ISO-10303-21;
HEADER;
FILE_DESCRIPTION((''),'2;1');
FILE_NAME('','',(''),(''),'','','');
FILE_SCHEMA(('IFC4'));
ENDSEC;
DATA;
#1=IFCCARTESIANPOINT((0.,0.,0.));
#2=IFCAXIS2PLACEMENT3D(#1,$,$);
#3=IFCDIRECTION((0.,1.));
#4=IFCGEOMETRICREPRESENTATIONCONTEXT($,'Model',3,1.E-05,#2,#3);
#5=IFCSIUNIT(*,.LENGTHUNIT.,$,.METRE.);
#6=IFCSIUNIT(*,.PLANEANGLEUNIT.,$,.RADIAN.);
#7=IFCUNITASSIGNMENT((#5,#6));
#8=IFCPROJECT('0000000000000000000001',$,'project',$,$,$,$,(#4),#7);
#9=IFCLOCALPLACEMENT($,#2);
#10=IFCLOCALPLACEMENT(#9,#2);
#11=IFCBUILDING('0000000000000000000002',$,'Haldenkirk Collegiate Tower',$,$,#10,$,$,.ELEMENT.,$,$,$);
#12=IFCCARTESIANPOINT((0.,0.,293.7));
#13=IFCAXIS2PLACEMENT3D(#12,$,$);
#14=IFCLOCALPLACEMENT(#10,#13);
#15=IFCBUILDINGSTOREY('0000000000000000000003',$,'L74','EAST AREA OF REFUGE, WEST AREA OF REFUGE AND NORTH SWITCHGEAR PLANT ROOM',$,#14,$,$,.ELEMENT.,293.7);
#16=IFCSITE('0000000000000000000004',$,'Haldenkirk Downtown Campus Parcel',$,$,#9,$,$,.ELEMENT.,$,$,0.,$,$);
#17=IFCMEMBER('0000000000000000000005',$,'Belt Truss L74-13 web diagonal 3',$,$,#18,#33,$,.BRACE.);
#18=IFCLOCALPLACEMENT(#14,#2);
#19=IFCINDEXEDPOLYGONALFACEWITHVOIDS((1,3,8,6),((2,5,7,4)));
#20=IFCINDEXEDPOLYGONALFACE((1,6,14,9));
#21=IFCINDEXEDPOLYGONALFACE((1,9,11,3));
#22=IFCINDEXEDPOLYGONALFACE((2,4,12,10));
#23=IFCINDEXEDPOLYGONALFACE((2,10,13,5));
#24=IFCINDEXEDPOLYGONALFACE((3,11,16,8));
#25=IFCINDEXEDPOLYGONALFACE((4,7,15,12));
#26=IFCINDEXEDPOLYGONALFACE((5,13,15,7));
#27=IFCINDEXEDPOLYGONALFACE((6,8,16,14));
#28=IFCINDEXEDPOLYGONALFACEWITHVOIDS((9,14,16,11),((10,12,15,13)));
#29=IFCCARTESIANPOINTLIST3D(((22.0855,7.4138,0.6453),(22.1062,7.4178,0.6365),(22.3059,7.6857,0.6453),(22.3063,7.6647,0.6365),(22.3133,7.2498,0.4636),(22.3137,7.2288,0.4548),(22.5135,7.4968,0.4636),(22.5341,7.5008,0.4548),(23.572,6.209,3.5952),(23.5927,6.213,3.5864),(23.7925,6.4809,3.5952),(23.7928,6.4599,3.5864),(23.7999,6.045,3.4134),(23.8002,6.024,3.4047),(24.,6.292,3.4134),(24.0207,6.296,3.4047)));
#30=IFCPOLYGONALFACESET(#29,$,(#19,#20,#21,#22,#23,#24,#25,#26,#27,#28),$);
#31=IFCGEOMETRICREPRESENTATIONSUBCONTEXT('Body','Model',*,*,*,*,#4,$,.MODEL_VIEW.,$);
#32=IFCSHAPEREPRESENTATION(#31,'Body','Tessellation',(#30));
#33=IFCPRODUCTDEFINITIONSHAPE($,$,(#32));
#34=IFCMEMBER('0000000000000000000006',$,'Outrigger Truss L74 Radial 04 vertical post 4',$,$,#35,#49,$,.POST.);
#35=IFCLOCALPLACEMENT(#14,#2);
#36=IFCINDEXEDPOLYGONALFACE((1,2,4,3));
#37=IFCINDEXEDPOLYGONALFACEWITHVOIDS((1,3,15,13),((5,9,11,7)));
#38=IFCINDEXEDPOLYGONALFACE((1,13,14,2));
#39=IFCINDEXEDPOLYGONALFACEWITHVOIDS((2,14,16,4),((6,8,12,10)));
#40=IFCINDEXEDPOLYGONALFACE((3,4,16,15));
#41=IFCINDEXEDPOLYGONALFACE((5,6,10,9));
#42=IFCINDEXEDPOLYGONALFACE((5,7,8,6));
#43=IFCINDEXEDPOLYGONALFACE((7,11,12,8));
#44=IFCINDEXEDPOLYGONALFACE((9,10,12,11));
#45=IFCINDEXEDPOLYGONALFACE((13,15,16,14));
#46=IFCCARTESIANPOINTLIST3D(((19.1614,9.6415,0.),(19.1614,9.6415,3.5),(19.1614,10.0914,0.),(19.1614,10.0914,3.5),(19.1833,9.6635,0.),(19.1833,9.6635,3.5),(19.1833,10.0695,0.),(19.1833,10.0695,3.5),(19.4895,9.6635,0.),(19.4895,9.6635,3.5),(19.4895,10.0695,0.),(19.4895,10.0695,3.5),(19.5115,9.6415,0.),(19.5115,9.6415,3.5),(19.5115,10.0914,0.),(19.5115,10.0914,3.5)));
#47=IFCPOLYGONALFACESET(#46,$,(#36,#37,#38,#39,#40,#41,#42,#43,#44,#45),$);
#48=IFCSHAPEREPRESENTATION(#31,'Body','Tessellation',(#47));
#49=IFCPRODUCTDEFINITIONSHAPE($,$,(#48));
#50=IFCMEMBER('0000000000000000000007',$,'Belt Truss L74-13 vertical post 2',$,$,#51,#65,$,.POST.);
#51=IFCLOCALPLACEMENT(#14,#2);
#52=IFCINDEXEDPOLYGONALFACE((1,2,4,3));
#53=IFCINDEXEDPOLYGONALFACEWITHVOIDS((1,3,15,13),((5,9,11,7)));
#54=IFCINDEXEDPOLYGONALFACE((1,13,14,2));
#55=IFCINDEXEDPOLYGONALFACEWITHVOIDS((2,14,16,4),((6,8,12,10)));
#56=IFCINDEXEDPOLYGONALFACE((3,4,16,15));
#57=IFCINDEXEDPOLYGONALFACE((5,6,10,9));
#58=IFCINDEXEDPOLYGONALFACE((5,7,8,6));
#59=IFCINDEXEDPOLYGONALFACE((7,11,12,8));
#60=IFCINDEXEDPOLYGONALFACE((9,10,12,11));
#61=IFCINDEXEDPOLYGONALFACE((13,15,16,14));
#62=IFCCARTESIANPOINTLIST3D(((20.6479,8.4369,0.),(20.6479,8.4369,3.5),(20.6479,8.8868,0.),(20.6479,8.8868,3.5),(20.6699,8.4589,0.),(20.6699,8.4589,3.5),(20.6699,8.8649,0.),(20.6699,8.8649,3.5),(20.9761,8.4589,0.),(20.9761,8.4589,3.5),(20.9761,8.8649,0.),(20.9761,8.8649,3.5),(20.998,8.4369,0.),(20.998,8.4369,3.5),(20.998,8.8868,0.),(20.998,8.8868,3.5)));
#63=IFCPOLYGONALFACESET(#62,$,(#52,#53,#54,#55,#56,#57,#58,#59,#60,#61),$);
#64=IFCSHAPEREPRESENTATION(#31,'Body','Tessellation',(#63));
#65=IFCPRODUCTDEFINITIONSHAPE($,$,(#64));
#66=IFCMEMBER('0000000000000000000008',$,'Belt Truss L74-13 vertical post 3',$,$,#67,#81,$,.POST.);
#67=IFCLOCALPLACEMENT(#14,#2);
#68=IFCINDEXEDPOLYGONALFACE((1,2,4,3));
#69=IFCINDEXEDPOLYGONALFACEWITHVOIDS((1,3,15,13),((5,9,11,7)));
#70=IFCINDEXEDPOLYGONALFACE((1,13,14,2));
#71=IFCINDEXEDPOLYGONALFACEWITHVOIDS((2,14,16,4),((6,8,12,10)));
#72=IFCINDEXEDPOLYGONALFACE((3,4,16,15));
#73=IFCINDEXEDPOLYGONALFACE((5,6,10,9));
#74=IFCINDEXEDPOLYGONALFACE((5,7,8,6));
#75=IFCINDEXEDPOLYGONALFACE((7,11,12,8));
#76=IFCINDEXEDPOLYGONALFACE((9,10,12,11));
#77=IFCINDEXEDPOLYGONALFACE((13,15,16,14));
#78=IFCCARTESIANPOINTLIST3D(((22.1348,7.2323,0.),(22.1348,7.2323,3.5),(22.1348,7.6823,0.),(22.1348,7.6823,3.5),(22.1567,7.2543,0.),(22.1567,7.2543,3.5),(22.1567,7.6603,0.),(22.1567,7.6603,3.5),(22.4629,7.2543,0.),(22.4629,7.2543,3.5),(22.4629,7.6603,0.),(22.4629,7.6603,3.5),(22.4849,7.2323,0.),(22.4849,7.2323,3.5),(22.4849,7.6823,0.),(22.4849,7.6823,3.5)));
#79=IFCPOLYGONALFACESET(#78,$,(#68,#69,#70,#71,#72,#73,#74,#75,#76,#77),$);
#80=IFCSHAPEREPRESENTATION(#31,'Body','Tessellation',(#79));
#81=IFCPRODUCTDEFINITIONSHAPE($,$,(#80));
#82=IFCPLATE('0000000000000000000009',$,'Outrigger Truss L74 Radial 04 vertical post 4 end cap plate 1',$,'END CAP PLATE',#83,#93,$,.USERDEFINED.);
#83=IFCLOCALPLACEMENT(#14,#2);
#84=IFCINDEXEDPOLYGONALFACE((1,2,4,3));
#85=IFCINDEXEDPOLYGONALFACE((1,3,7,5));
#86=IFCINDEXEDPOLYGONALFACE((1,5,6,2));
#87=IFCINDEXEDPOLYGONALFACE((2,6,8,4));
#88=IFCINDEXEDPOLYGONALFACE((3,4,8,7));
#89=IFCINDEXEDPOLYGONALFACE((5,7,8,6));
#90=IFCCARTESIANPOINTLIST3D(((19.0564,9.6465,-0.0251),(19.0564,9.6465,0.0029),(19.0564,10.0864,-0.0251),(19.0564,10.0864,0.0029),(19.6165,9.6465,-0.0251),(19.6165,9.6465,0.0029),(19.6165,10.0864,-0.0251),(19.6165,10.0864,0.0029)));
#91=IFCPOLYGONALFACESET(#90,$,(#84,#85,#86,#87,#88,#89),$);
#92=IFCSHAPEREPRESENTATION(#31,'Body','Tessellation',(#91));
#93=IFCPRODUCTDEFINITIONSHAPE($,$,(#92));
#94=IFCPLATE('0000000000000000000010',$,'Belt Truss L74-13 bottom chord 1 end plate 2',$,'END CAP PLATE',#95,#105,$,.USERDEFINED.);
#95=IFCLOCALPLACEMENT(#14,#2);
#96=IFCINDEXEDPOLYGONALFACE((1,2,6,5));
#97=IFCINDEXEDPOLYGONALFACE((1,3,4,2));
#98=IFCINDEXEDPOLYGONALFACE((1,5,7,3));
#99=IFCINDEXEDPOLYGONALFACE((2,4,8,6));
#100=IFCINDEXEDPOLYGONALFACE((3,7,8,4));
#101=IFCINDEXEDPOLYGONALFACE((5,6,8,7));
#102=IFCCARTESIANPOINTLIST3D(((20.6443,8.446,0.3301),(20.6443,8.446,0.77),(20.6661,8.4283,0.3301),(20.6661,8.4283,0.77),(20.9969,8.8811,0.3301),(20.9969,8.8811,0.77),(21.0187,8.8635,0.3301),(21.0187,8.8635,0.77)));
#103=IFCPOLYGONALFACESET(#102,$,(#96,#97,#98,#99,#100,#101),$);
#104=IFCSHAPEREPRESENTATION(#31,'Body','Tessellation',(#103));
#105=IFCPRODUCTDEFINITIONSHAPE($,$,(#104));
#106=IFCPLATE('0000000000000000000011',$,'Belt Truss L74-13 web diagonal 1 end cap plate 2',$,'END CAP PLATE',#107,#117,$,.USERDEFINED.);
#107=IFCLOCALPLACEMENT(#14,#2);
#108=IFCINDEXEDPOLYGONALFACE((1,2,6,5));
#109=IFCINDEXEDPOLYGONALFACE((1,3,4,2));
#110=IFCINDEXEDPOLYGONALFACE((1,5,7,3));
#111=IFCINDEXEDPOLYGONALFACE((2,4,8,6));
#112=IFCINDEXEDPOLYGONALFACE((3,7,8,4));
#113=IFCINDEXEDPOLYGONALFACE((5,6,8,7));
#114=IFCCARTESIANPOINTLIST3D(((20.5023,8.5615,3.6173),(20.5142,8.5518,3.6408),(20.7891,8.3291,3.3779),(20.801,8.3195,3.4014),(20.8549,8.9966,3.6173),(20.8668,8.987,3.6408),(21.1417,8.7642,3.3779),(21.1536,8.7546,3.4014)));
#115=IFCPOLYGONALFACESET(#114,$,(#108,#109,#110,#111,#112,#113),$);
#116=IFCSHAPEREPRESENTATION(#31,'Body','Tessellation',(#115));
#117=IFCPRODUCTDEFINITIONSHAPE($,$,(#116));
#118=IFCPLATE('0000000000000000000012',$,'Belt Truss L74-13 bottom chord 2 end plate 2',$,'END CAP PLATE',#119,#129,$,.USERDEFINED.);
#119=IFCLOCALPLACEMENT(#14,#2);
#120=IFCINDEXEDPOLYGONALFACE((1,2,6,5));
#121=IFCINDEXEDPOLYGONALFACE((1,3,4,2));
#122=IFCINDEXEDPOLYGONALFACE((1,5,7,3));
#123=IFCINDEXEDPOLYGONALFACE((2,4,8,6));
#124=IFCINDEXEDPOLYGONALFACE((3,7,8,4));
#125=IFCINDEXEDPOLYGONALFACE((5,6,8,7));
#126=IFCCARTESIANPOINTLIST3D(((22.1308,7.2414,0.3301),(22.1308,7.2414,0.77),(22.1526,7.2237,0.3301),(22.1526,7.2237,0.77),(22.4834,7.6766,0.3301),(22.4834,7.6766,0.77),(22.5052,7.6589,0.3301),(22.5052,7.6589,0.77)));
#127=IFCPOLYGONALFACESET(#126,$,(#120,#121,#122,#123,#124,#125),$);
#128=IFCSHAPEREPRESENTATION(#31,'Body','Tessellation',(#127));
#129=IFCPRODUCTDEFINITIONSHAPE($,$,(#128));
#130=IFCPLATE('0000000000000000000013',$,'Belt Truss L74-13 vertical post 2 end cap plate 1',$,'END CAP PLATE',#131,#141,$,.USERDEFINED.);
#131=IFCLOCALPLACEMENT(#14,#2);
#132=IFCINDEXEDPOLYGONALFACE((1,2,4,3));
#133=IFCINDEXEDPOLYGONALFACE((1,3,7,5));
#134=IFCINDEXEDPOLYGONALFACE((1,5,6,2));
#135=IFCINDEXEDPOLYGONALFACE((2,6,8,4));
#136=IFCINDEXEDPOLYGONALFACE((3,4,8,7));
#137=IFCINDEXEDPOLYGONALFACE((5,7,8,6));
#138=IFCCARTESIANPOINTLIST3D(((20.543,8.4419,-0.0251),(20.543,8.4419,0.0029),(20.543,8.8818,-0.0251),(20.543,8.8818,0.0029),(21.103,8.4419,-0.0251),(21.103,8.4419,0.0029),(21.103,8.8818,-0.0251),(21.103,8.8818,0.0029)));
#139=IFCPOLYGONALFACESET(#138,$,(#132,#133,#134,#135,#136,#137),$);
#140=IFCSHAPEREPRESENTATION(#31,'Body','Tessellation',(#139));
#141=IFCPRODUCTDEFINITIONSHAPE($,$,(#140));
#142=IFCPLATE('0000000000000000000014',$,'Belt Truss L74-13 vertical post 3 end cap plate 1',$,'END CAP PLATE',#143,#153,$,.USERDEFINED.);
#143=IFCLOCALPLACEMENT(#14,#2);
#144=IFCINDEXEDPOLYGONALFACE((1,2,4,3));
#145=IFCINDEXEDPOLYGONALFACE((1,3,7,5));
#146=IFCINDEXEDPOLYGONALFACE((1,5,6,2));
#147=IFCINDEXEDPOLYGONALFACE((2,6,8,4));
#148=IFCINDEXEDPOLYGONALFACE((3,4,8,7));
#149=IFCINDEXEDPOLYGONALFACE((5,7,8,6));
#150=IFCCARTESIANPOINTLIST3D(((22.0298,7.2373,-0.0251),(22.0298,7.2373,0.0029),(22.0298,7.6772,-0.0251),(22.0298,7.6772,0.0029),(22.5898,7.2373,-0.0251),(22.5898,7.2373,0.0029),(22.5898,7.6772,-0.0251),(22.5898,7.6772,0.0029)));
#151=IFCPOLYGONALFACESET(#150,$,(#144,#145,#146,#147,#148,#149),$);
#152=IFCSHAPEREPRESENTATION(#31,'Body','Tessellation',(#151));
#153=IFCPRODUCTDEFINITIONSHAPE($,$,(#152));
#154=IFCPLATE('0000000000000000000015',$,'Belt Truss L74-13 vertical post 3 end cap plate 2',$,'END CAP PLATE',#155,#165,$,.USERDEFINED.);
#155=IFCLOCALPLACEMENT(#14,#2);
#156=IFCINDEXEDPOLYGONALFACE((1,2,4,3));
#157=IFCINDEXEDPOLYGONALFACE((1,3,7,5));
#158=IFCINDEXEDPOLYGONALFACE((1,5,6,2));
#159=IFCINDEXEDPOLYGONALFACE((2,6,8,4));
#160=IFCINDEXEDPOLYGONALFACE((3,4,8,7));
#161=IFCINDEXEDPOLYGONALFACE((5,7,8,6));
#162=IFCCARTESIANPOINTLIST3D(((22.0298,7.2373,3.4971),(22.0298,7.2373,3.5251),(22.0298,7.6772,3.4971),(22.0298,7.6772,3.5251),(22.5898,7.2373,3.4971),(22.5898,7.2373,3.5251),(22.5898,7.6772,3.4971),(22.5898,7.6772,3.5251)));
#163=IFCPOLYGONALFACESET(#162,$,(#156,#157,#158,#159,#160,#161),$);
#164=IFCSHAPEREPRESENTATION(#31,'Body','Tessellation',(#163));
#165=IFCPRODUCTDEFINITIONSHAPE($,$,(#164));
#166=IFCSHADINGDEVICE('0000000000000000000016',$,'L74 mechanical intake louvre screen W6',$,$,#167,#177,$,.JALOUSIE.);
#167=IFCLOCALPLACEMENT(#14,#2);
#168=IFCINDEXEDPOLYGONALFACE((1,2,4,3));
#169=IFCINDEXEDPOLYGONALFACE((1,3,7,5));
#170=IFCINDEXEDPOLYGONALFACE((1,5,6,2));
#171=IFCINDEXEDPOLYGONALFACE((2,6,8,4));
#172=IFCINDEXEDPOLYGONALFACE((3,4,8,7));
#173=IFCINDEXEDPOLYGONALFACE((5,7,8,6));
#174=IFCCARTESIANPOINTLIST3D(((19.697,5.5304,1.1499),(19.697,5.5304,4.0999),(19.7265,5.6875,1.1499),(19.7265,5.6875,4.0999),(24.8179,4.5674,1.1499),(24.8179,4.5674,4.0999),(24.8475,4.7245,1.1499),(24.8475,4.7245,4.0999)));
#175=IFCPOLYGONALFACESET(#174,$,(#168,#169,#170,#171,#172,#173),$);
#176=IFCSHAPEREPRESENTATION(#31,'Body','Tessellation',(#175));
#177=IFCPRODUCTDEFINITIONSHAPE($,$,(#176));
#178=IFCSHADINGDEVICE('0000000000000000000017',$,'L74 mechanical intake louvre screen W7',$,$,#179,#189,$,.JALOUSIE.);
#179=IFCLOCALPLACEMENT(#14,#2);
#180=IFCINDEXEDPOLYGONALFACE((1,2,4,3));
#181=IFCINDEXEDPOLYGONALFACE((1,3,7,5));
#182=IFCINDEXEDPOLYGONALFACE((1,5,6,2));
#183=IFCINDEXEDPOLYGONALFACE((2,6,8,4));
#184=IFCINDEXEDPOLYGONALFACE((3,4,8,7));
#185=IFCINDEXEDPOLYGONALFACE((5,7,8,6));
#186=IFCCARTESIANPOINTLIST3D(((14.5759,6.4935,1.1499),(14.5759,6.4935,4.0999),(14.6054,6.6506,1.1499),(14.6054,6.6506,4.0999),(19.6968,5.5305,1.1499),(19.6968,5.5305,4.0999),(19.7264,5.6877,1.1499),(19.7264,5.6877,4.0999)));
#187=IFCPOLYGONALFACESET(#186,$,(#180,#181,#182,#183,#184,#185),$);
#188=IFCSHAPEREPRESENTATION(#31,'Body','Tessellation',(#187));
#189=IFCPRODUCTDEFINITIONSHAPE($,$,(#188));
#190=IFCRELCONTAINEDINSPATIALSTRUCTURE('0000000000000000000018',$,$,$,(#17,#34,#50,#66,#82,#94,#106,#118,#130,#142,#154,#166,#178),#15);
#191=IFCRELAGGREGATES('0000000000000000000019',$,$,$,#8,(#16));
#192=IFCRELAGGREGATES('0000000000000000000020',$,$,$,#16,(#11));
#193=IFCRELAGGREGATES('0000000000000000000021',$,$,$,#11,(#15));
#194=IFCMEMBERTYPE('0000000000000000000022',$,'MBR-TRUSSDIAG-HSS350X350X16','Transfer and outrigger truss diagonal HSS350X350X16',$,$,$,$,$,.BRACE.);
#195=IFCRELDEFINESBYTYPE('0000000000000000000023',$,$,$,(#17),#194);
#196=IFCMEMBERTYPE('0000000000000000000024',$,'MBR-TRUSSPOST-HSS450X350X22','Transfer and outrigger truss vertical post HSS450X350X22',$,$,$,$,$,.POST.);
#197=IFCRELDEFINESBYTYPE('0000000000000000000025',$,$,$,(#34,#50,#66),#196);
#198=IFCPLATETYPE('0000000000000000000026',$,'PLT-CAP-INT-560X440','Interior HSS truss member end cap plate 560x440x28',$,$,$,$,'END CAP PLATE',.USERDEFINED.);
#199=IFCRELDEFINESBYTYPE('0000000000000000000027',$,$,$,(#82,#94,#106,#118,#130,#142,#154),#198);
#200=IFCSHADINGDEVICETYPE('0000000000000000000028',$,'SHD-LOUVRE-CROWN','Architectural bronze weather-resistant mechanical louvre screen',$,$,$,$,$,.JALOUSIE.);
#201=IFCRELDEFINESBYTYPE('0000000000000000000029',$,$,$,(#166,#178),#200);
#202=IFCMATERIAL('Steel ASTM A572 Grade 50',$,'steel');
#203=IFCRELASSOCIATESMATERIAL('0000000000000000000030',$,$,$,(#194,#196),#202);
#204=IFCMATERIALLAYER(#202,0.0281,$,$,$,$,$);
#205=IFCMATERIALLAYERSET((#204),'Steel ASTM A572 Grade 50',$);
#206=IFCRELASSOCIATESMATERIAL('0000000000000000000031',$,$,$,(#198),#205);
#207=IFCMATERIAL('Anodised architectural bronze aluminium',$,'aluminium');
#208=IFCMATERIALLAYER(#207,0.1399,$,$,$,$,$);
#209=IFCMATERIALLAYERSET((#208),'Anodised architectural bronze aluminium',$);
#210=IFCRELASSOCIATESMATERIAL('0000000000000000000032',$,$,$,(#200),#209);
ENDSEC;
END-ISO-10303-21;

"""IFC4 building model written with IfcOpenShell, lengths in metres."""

from ifc_helpers import new_model, si_unit, direction, frame, origin, origin_2d, place, context, subcontext, project, spatial, rectangle, hollow_rectangle, extrude, source, transform, mapped, material, layer, layer_set, material_profile, profile_set, type_object, element, save


model = new_model("IFC4")

# Units and contexts
model_context = context("Model", 3, precision=1e-05, world=origin(), true_north=direction((0.0, 1.0)))
body_context = subcontext(model_context, "Body", "Model", "MODEL_VIEW")
ifc_project = project(units=[si_unit("LENGTHUNIT", "METRE"), si_unit("PLANEANGLEUNIT", "RADIAN")], contexts=[model_context])

# Site, building, storey
site_placement = place(None, origin())
site = spatial("IfcSite", under=ifc_project, at=site_placement, Name="Haldenkirk Downtown Campus Parcel", CompositionType="ELEMENT", RefElevation=0.0)
building_placement = place(site_placement, origin())
building = spatial("IfcBuilding", under=site, at=building_placement, Name="Haldenkirk Collegiate Tower", CompositionType="ELEMENT")
storey_placement = place(building_placement, frame((0.0, 0.0, 293.7)))
storey = spatial("IfcBuildingStorey", under=building, at=storey_placement, Name="L74", Description="EAST AREA OF REFUGE, WEST AREA OF REFUGE AND NORTH SWITCHGEAR PLANT ROOM", CompositionType="ELEMENT", Elevation=293.7)

# Members
ifc_material_1 = material(Name="Steel ASTM A572 Grade 50", Category="steel")
ifc_material_profile_1 = material_profile(ifc_material_1, hollow_rectangle(XDim=0.3501, YDim=0.3501, WallThickness=0.0161, at=origin_2d()), Name="HSS350X350X16")
ifc_profile_set_1 = profile_set([ifc_material_profile_1], Name="Steel ASTM A572 Grade 50")
member_type_1 = type_object("IfcMemberType", Name="MBR-TRUSSDIAG-HSS350X350X16", Description="Transfer and outrigger truss diagonal HSS350X350X16", PredefinedType="BRACE", material=ifc_profile_set_1)
for number, where, z_axis, x_axis, name in (
    (1, (22.3098, 7.4573, 0.55), (0.422777, -0.342651, 0.838958), (0.629646, 0.776882, 0.0), "Belt Truss L74-13 web diagonal 3"),
):
    element("IfcMember", number, at=place(storey_placement, frame(where, z_axis=z_axis, x_axis=x_axis)), inside=storey, type_object=member_type_1, Name=name, PredefinedType="BRACE", context=body_context, shape_type="SweptSolid", body=[
        extrude(hollow_rectangle(XDim=0.3501, YDim=0.3501, WallThickness=0.0161, at=origin_2d()), origin(), (0.0, 0.0, 1.0), 3.5161),
    ])
ifc_material_profile_2 = material_profile(ifc_material_1, hollow_rectangle(XDim=0.3501, YDim=0.45, WallThickness=0.022, at=origin_2d()), Name="HSS450X350X22")
ifc_profile_set_2 = profile_set([ifc_material_profile_2], Name="Steel ASTM A572 Grade 50")
member_type_2 = type_object("IfcMemberType", Name="MBR-TRUSSPOST-HSS450X350X22", Description="Transfer and outrigger truss vertical post HSS450X350X22", PredefinedType="POST", material=ifc_profile_set_2)
for number, where, z_axis, x_axis, name in (
    (2, (19.3364, 9.8665, 0.0), (0.0, 0.0, 1.0), (1.0, 0.0, 0.0), "Outrigger Truss L74 Radial 04 vertical post 4"),
    (3, (20.823, 8.6619, 0.0), (0.0, 0.0, 1.0), (1.0, 0.0, 0.0), "Belt Truss L74-13 vertical post 2"),
    (4, (22.3098, 7.4573, 0.0), (0.0, 0.0, 1.0), (1.0, 0.0, 0.0), "Belt Truss L74-13 vertical post 3"),
):
    element("IfcMember", number, at=place(storey_placement, frame(where, z_axis=z_axis, x_axis=x_axis)), inside=storey, type_object=member_type_2, Name=name, PredefinedType="POST", context=body_context, shape_type="SweptSolid", body=[
        extrude(hollow_rectangle(XDim=0.3501, YDim=0.45, WallThickness=0.022, at=origin_2d()), origin(), (0.0, 0.0, 1.0), 3.5),
    ])

# Plates
ifc_layer_1 = layer(ifc_material_1, 0.0281)
ifc_layer_set_1 = layer_set([ifc_layer_1], Name="Steel ASTM A572 Grade 50")
plate_type = type_object("IfcPlateType", Name="PLT-CAP-INT-560X440", Description="Interior HSS truss member end cap plate 560x440x28", ElementType="END CAP PLATE", PredefinedType="USERDEFINED", material=ifc_layer_set_1)
shared_shape_1 = source(origin(), body_context, "Body", "SweptSolid", [
    extrude(rectangle(XDim=0.5601, YDim=0.4399, at=origin_2d()), origin(), (0.0, 0.0, 1.0), 0.0281),
])
for number, where, z_axis, x_axis, name in (
    (5, (19.3364, 9.8665, 0.0029), (0.0, 0.0, -1.0), (1.0, 0.0, 0.0), "Outrigger Truss L74 Radial 04 vertical post 4 end cap plate 1"),
    (6, (20.8206, 8.6636, 0.55), (0.776945, -0.629569, 0.0), (0.629569, 0.776945, 0.0), "Belt Truss L74-13 bottom chord 1 end plate 2"),
    (7, (20.822, 8.6628, 3.4976), (0.422807, -0.342608, 0.83896), (0.629571, 0.776943, 0.0), "Belt Truss L74-13 web diagonal 1 end cap plate 2"),
    (8, (22.3071, 7.459, 0.55), (0.776945, -0.629569, 0.0), (0.629569, 0.776945, 0.0), "Belt Truss L74-13 bottom chord 2 end plate 2"),
    (9, (20.823, 8.6619, 0.0029), (0.0, 0.0, -1.0), (1.0, 0.0, 0.0), "Belt Truss L74-13 vertical post 2 end cap plate 1"),
    (10, (22.3098, 7.4573, 0.0029), (0.0, 0.0, -1.0), (1.0, 0.0, 0.0), "Belt Truss L74-13 vertical post 3 end cap plate 1"),
    (11, (22.3098, 7.4573, 3.4971), (0.0, 0.0, 1.0), (1.0, 0.0, 0.0), "Belt Truss L74-13 vertical post 3 end cap plate 2"),
):
    element("IfcPlate", number, at=place(storey_placement, frame(where, z_axis=z_axis, x_axis=x_axis)), inside=storey, type_object=plate_type, Name=name, ObjectType="END CAP PLATE", PredefinedType="USERDEFINED", context=body_context, shape_type="MappedRepresentation", body=[
        mapped(shared_shape_1, transform((0.0, 0.0, 0.0), x_axis=(1.0, 0.0, 0.0), y_axis=(0.0, 1.0, 0.0), z_axis=(0.0, 0.0, 1.0), scale=1.0)),
    ])

# Shading devices
ifc_material_2 = material(Name="Anodised architectural bronze aluminium", Category="aluminium")
ifc_layer_2 = layer(ifc_material_2, 0.1399)
ifc_layer_set_2 = layer_set([ifc_layer_2], Name="Anodised architectural bronze aluminium")
shading_device_type = type_object("IfcShadingDeviceType", Name="SHD-LOUVRE-CROWN", Description="Architectural bronze weather-resistant mechanical louvre screen", PredefinedType="JALOUSIE", material=ifc_layer_set_2)
shared_shape_2 = source(origin(), body_context, "Body", "SweptSolid", [
    extrude(rectangle(XDim=5.2107, YDim=0.1599, at=origin_2d()), origin(), (0.0, 0.0, 1.0), 2.95),
])
for number, where, z_axis, x_axis, name in (
    (12, (22.2722, 5.1274, 1.1499), (0.0, 0.0, 1.0), (-0.982774, 0.184809, 0.0), "L74 mechanical intake louvre screen W6"),
    (13, (17.1511, 6.0906, 1.1499), (0.0, 0.0, 1.0), (-0.982774, 0.184809, 0.0), "L74 mechanical intake louvre screen W7"),
):
    element("IfcShadingDevice", number, at=place(storey_placement, frame(where, z_axis=z_axis, x_axis=x_axis)), inside=storey, type_object=shading_device_type, Name=name, PredefinedType="JALOUSIE", context=body_context, shape_type="MappedRepresentation", body=[
        mapped(shared_shape_2, transform((0.0, 0.0, 0.0), x_axis=(1.0, 0.0, 0.0), y_axis=(0.0, 1.0, 0.0), z_axis=(0.0, 0.0, 1.0), scale=1.0)),
    ])

save(model, "model.ifc")
